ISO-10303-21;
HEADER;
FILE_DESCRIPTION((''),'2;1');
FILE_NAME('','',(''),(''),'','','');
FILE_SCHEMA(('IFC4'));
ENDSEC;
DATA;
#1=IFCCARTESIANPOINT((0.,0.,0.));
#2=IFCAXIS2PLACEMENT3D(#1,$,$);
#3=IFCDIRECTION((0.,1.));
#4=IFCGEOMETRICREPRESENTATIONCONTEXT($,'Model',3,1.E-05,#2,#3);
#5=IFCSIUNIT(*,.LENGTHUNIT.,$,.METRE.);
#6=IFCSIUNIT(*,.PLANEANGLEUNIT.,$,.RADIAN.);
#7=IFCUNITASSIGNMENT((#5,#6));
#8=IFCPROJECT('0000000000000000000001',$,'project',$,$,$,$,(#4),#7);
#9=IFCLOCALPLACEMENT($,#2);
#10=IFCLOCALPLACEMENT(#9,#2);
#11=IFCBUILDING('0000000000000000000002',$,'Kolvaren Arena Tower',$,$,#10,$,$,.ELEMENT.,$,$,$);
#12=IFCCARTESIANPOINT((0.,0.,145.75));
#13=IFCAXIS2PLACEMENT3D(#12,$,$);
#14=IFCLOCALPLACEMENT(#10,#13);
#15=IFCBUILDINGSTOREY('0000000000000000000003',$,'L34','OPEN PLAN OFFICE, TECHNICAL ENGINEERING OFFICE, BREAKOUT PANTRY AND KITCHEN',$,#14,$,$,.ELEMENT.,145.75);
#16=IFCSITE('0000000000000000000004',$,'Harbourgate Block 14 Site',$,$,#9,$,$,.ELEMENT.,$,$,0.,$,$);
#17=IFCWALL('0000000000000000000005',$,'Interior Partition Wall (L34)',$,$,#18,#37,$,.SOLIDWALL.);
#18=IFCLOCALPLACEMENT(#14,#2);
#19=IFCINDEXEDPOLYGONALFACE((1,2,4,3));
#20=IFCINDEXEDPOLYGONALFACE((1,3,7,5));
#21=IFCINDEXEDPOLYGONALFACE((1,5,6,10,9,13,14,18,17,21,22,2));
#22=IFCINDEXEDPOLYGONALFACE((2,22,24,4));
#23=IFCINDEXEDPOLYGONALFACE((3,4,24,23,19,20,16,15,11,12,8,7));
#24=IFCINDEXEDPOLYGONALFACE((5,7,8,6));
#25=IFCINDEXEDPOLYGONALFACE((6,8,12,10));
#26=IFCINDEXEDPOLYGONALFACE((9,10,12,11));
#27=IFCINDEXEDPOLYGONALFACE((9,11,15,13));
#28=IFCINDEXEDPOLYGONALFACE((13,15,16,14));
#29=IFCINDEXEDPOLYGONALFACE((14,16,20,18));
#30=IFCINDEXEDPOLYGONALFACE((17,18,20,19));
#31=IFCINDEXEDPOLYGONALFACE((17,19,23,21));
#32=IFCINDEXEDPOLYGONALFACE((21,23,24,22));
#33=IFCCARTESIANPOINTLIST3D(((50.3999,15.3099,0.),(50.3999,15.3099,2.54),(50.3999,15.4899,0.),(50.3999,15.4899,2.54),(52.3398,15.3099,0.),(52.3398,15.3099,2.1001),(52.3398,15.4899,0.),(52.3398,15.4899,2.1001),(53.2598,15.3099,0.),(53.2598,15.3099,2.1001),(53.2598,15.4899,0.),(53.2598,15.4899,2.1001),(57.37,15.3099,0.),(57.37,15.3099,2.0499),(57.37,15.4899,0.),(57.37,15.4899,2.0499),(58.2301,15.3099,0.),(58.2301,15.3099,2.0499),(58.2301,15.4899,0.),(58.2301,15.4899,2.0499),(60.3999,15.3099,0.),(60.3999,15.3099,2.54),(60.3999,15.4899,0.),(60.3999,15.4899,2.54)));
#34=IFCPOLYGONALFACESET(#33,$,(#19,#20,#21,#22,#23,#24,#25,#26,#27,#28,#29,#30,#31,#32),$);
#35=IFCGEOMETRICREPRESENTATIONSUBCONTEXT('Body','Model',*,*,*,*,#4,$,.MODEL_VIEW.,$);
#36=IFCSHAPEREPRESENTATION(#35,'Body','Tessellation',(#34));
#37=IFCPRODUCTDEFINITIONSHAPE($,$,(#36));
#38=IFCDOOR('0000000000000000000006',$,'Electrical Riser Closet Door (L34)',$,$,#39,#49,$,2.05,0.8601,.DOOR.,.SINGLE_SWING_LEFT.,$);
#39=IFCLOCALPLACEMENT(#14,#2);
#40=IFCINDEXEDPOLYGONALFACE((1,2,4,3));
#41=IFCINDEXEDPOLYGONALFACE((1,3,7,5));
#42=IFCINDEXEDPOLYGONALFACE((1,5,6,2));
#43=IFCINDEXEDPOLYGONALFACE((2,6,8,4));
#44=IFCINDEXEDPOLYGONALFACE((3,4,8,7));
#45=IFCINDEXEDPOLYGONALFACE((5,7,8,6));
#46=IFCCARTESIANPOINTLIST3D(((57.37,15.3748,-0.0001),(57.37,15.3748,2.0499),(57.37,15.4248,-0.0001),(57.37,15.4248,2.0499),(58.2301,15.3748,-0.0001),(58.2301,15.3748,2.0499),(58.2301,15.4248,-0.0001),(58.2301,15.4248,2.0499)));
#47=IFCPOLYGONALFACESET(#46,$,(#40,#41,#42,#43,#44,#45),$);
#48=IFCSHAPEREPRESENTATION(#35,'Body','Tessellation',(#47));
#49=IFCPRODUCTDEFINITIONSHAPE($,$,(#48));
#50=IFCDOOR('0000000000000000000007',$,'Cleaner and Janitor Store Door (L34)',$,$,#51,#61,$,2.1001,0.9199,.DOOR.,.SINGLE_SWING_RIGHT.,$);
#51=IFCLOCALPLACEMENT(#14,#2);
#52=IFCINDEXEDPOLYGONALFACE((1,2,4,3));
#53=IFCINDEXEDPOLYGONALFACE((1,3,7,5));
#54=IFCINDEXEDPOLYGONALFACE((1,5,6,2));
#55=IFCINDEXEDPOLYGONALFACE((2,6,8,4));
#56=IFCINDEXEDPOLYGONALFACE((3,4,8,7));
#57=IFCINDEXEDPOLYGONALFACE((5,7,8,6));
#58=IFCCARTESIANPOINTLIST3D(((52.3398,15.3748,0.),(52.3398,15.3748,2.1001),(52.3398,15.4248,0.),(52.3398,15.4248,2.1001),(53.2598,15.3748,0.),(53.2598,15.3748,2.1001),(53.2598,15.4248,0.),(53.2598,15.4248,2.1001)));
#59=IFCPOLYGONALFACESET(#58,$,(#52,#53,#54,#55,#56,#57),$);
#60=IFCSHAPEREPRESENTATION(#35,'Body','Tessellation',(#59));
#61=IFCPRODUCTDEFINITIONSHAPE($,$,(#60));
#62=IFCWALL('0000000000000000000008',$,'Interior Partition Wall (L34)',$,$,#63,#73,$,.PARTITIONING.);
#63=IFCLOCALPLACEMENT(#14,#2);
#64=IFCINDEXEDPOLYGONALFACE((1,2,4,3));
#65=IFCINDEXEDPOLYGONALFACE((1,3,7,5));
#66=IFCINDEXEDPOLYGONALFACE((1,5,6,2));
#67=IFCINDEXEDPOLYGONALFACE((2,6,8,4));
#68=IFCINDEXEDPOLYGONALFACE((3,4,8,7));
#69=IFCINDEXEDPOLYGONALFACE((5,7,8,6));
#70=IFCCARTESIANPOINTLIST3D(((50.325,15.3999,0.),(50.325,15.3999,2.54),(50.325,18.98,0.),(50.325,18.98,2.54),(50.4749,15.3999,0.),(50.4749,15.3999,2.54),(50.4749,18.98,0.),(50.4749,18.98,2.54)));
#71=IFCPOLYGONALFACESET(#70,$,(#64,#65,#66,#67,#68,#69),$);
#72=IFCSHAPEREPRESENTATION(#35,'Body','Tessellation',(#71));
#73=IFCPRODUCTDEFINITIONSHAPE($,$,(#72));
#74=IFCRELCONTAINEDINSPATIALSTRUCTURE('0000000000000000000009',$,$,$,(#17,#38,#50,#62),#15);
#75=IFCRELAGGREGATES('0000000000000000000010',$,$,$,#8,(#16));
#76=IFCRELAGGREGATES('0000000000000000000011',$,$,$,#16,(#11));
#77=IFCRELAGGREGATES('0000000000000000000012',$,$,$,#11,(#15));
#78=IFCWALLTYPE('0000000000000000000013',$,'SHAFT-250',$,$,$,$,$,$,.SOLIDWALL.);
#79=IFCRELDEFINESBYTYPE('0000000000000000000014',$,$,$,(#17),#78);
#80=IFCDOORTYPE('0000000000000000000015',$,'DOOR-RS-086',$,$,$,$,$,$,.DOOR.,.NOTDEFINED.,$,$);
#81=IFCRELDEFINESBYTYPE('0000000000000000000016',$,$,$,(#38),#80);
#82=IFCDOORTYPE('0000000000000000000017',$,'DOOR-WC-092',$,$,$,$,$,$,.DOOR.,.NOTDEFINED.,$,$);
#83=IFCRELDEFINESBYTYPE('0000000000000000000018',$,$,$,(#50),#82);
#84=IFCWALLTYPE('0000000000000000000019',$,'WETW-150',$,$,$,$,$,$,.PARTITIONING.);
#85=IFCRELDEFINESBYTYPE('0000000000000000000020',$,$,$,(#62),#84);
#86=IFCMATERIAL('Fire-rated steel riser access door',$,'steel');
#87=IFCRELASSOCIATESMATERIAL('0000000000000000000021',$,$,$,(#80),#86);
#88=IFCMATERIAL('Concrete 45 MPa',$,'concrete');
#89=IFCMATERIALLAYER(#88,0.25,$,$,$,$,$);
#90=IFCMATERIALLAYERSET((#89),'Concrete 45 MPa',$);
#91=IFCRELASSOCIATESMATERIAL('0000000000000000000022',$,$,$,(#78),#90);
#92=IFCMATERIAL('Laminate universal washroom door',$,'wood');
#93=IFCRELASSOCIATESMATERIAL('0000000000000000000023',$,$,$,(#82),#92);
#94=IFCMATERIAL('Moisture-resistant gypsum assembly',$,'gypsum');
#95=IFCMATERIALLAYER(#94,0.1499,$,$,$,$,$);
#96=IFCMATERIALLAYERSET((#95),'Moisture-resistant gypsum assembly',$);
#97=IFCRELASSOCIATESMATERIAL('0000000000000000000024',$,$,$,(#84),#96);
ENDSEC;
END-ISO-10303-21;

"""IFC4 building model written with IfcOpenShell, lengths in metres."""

from ifc_helpers import new_model, si_unit, direction, frame, frame_2d, origin, place, context, subcontext, project, spatial, rectangle, extrude, material, layer, layer_set, type_object, element, fill, save


model = new_model("IFC4")

# Units and contexts
model_context = context("Model", 3, precision=1e-05, world=origin(), true_north=direction((0.0, 1.0)))
body_context = subcontext(model_context, "Body", "Model", "MODEL_VIEW")
ifc_project = project(units=[si_unit("LENGTHUNIT", "METRE"), si_unit("PLANEANGLEUNIT", "RADIAN")], contexts=[model_context])

# Site, building, storey
site_placement = place(None, origin())
site = spatial("IfcSite", under=ifc_project, at=site_placement, Name="Harbourgate Block 14 Site", CompositionType="ELEMENT", RefElevation=0.0)
building_placement = place(site_placement, origin())
building = spatial("IfcBuilding", under=site, at=building_placement, Name="Kolvaren Arena Tower", CompositionType="ELEMENT")
storey_placement = place(building_placement, frame((0.0, 0.0, 145.75)))
storey = spatial("IfcBuildingStorey", under=building, at=storey_placement, Name="L34", Description="OPEN PLAN OFFICE, TECHNICAL ENGINEERING OFFICE, BREAKOUT PANTRY AND KITCHEN", CompositionType="ELEMENT", Elevation=145.75)

# Shared definitions
ifc_material_1 = material(Name="Fire-rated steel riser access door", Category="steel")
door_type_1 = type_object("IfcDoorType", Name="DOOR-RS-086", OperationType="NOTDEFINED", PredefinedType="DOOR", material=ifc_material_1)

# Shared definitions
ifc_material_2 = material(Name="Concrete 45 MPa", Category="concrete")
ifc_layer_1 = layer(ifc_material_2, 0.25)
ifc_layer_set_1 = layer_set([ifc_layer_1], Name="Concrete 45 MPa")
wall_type_1 = type_object("IfcWallType", Name="SHAFT-250", PredefinedType="SOLIDWALL", material=ifc_layer_set_1)

# Wall, openings, doors
wall_1_placement = place(storey_placement, frame((50.3999, 15.3999, 0.0), z_axis=(0.0, 0.0, 1.0), x_axis=(1.0, 0.0, 0.0)))
wall_1 = element("IfcWall", 1, at=wall_1_placement, inside=storey, type_object=wall_type_1, Name="Interior Partition Wall (L34)", PredefinedType="SOLIDWALL", context=body_context, shape_type="SweptSolid", body=[
    extrude(rectangle(XDim=10.0, YDim=0.1799, at=frame_2d((5.0, 0.0))), origin(), (0.0, 0.0, 1.0), 2.54),
])
opening_1_placement = place(wall_1_placement, frame((1.9399, 0.0, 0.0)))
opening_1 = element("IfcOpeningElement", 2, at=opening_1_placement, cuts=wall_1, PredefinedType="OPENING", context=body_context, shape_type="SweptSolid", body=[
    extrude(rectangle(XDim=0.9199, YDim=2.1001, at=frame_2d((0.46, 1.05))), frame((0.0, 0.0999, 0.0), z_axis=(0.0, -1.0, 0.0), x_axis=(1.0, 0.0, 0.0)), (0.0, 0.0, 1.0), 0.2),
])
opening_2_placement = place(wall_1_placement, frame((6.97, 0.0, 0.0)))
opening_2 = element("IfcOpeningElement", 3, at=opening_2_placement, cuts=wall_1, PredefinedType="OPENING", context=body_context, shape_type="SweptSolid", body=[
    extrude(rectangle(XDim=0.8601, YDim=2.05, at=frame_2d((0.4302, 1.0249))), frame((0.0, 0.0999, 0.0), z_axis=(0.0, -1.0, 0.0), x_axis=(1.0, 0.0, 0.0)), (0.0, 0.0, 1.0), 0.2),
])
door_1_placement = place(opening_2_placement, origin())
door_1 = element("IfcDoor", 4, at=door_1_placement, inside=storey, type_object=door_type_1, Name="Electrical Riser Closet Door (L34)", OperationType="SINGLE_SWING_LEFT", OverallHeight=2.05, OverallWidth=0.8601, PredefinedType="DOOR", context=body_context, shape_type="SweptSolid", body=[
    extrude(rectangle(XDim=0.8601, YDim=2.05, at=frame_2d((0.4302, 1.0249))), frame((0.0, 0.0249, 0.0), z_axis=(0.0, -1.0, 0.0), x_axis=(1.0, 0.0, 0.0)), (0.0, 0.0, 1.0), 0.05),
])
fill(opening_2, door_1)
ifc_material_3 = material(Name="Laminate universal washroom door", Category="wood")
door_type_2 = type_object("IfcDoorType", Name="DOOR-WC-092", OperationType="NOTDEFINED", PredefinedType="DOOR", material=ifc_material_3)
door_2_placement = place(opening_1_placement, origin())
door_2 = element("IfcDoor", 5, at=door_2_placement, inside=storey, type_object=door_type_2, Name="Cleaner and Janitor Store Door (L34)", OperationType="SINGLE_SWING_RIGHT", OverallHeight=2.1001, OverallWidth=0.9199, PredefinedType="DOOR", context=body_context, shape_type="SweptSolid", body=[
    extrude(rectangle(XDim=0.9199, YDim=2.1001, at=frame_2d((0.46, 1.05))), frame((0.0, 0.0249, 0.0), z_axis=(0.0, -1.0, 0.0), x_axis=(1.0, 0.0, 0.0)), (0.0, 0.0, 1.0), 0.05),
])
fill(opening_1, door_2)

# Wall
ifc_material_4 = material(Name="Moisture-resistant gypsum assembly", Category="gypsum")
ifc_layer_2 = layer(ifc_material_4, 0.1499)
ifc_layer_set_2 = layer_set([ifc_layer_2], Name="Moisture-resistant gypsum assembly")
wall_type_2 = type_object("IfcWallType", Name="WETW-150", PredefinedType="PARTITIONING", material=ifc_layer_set_2)
wall_2_placement = place(storey_placement, frame((50.3999, 15.3999, 0.0), z_axis=(0.0, 0.0, 1.0), x_axis=(0.0, 1.0, 0.0)))
element("IfcWall", 6, at=wall_2_placement, inside=storey, type_object=wall_type_2, Name="Interior Partition Wall (L34)", PredefinedType="PARTITIONING", context=body_context, shape_type="SweptSolid", body=[
    extrude(rectangle(XDim=3.5801, YDim=0.1499, at=frame_2d((1.79, 0.0))), origin(), (0.0, 0.0, 1.0), 2.54),
])

save(model, "model.ifc")
